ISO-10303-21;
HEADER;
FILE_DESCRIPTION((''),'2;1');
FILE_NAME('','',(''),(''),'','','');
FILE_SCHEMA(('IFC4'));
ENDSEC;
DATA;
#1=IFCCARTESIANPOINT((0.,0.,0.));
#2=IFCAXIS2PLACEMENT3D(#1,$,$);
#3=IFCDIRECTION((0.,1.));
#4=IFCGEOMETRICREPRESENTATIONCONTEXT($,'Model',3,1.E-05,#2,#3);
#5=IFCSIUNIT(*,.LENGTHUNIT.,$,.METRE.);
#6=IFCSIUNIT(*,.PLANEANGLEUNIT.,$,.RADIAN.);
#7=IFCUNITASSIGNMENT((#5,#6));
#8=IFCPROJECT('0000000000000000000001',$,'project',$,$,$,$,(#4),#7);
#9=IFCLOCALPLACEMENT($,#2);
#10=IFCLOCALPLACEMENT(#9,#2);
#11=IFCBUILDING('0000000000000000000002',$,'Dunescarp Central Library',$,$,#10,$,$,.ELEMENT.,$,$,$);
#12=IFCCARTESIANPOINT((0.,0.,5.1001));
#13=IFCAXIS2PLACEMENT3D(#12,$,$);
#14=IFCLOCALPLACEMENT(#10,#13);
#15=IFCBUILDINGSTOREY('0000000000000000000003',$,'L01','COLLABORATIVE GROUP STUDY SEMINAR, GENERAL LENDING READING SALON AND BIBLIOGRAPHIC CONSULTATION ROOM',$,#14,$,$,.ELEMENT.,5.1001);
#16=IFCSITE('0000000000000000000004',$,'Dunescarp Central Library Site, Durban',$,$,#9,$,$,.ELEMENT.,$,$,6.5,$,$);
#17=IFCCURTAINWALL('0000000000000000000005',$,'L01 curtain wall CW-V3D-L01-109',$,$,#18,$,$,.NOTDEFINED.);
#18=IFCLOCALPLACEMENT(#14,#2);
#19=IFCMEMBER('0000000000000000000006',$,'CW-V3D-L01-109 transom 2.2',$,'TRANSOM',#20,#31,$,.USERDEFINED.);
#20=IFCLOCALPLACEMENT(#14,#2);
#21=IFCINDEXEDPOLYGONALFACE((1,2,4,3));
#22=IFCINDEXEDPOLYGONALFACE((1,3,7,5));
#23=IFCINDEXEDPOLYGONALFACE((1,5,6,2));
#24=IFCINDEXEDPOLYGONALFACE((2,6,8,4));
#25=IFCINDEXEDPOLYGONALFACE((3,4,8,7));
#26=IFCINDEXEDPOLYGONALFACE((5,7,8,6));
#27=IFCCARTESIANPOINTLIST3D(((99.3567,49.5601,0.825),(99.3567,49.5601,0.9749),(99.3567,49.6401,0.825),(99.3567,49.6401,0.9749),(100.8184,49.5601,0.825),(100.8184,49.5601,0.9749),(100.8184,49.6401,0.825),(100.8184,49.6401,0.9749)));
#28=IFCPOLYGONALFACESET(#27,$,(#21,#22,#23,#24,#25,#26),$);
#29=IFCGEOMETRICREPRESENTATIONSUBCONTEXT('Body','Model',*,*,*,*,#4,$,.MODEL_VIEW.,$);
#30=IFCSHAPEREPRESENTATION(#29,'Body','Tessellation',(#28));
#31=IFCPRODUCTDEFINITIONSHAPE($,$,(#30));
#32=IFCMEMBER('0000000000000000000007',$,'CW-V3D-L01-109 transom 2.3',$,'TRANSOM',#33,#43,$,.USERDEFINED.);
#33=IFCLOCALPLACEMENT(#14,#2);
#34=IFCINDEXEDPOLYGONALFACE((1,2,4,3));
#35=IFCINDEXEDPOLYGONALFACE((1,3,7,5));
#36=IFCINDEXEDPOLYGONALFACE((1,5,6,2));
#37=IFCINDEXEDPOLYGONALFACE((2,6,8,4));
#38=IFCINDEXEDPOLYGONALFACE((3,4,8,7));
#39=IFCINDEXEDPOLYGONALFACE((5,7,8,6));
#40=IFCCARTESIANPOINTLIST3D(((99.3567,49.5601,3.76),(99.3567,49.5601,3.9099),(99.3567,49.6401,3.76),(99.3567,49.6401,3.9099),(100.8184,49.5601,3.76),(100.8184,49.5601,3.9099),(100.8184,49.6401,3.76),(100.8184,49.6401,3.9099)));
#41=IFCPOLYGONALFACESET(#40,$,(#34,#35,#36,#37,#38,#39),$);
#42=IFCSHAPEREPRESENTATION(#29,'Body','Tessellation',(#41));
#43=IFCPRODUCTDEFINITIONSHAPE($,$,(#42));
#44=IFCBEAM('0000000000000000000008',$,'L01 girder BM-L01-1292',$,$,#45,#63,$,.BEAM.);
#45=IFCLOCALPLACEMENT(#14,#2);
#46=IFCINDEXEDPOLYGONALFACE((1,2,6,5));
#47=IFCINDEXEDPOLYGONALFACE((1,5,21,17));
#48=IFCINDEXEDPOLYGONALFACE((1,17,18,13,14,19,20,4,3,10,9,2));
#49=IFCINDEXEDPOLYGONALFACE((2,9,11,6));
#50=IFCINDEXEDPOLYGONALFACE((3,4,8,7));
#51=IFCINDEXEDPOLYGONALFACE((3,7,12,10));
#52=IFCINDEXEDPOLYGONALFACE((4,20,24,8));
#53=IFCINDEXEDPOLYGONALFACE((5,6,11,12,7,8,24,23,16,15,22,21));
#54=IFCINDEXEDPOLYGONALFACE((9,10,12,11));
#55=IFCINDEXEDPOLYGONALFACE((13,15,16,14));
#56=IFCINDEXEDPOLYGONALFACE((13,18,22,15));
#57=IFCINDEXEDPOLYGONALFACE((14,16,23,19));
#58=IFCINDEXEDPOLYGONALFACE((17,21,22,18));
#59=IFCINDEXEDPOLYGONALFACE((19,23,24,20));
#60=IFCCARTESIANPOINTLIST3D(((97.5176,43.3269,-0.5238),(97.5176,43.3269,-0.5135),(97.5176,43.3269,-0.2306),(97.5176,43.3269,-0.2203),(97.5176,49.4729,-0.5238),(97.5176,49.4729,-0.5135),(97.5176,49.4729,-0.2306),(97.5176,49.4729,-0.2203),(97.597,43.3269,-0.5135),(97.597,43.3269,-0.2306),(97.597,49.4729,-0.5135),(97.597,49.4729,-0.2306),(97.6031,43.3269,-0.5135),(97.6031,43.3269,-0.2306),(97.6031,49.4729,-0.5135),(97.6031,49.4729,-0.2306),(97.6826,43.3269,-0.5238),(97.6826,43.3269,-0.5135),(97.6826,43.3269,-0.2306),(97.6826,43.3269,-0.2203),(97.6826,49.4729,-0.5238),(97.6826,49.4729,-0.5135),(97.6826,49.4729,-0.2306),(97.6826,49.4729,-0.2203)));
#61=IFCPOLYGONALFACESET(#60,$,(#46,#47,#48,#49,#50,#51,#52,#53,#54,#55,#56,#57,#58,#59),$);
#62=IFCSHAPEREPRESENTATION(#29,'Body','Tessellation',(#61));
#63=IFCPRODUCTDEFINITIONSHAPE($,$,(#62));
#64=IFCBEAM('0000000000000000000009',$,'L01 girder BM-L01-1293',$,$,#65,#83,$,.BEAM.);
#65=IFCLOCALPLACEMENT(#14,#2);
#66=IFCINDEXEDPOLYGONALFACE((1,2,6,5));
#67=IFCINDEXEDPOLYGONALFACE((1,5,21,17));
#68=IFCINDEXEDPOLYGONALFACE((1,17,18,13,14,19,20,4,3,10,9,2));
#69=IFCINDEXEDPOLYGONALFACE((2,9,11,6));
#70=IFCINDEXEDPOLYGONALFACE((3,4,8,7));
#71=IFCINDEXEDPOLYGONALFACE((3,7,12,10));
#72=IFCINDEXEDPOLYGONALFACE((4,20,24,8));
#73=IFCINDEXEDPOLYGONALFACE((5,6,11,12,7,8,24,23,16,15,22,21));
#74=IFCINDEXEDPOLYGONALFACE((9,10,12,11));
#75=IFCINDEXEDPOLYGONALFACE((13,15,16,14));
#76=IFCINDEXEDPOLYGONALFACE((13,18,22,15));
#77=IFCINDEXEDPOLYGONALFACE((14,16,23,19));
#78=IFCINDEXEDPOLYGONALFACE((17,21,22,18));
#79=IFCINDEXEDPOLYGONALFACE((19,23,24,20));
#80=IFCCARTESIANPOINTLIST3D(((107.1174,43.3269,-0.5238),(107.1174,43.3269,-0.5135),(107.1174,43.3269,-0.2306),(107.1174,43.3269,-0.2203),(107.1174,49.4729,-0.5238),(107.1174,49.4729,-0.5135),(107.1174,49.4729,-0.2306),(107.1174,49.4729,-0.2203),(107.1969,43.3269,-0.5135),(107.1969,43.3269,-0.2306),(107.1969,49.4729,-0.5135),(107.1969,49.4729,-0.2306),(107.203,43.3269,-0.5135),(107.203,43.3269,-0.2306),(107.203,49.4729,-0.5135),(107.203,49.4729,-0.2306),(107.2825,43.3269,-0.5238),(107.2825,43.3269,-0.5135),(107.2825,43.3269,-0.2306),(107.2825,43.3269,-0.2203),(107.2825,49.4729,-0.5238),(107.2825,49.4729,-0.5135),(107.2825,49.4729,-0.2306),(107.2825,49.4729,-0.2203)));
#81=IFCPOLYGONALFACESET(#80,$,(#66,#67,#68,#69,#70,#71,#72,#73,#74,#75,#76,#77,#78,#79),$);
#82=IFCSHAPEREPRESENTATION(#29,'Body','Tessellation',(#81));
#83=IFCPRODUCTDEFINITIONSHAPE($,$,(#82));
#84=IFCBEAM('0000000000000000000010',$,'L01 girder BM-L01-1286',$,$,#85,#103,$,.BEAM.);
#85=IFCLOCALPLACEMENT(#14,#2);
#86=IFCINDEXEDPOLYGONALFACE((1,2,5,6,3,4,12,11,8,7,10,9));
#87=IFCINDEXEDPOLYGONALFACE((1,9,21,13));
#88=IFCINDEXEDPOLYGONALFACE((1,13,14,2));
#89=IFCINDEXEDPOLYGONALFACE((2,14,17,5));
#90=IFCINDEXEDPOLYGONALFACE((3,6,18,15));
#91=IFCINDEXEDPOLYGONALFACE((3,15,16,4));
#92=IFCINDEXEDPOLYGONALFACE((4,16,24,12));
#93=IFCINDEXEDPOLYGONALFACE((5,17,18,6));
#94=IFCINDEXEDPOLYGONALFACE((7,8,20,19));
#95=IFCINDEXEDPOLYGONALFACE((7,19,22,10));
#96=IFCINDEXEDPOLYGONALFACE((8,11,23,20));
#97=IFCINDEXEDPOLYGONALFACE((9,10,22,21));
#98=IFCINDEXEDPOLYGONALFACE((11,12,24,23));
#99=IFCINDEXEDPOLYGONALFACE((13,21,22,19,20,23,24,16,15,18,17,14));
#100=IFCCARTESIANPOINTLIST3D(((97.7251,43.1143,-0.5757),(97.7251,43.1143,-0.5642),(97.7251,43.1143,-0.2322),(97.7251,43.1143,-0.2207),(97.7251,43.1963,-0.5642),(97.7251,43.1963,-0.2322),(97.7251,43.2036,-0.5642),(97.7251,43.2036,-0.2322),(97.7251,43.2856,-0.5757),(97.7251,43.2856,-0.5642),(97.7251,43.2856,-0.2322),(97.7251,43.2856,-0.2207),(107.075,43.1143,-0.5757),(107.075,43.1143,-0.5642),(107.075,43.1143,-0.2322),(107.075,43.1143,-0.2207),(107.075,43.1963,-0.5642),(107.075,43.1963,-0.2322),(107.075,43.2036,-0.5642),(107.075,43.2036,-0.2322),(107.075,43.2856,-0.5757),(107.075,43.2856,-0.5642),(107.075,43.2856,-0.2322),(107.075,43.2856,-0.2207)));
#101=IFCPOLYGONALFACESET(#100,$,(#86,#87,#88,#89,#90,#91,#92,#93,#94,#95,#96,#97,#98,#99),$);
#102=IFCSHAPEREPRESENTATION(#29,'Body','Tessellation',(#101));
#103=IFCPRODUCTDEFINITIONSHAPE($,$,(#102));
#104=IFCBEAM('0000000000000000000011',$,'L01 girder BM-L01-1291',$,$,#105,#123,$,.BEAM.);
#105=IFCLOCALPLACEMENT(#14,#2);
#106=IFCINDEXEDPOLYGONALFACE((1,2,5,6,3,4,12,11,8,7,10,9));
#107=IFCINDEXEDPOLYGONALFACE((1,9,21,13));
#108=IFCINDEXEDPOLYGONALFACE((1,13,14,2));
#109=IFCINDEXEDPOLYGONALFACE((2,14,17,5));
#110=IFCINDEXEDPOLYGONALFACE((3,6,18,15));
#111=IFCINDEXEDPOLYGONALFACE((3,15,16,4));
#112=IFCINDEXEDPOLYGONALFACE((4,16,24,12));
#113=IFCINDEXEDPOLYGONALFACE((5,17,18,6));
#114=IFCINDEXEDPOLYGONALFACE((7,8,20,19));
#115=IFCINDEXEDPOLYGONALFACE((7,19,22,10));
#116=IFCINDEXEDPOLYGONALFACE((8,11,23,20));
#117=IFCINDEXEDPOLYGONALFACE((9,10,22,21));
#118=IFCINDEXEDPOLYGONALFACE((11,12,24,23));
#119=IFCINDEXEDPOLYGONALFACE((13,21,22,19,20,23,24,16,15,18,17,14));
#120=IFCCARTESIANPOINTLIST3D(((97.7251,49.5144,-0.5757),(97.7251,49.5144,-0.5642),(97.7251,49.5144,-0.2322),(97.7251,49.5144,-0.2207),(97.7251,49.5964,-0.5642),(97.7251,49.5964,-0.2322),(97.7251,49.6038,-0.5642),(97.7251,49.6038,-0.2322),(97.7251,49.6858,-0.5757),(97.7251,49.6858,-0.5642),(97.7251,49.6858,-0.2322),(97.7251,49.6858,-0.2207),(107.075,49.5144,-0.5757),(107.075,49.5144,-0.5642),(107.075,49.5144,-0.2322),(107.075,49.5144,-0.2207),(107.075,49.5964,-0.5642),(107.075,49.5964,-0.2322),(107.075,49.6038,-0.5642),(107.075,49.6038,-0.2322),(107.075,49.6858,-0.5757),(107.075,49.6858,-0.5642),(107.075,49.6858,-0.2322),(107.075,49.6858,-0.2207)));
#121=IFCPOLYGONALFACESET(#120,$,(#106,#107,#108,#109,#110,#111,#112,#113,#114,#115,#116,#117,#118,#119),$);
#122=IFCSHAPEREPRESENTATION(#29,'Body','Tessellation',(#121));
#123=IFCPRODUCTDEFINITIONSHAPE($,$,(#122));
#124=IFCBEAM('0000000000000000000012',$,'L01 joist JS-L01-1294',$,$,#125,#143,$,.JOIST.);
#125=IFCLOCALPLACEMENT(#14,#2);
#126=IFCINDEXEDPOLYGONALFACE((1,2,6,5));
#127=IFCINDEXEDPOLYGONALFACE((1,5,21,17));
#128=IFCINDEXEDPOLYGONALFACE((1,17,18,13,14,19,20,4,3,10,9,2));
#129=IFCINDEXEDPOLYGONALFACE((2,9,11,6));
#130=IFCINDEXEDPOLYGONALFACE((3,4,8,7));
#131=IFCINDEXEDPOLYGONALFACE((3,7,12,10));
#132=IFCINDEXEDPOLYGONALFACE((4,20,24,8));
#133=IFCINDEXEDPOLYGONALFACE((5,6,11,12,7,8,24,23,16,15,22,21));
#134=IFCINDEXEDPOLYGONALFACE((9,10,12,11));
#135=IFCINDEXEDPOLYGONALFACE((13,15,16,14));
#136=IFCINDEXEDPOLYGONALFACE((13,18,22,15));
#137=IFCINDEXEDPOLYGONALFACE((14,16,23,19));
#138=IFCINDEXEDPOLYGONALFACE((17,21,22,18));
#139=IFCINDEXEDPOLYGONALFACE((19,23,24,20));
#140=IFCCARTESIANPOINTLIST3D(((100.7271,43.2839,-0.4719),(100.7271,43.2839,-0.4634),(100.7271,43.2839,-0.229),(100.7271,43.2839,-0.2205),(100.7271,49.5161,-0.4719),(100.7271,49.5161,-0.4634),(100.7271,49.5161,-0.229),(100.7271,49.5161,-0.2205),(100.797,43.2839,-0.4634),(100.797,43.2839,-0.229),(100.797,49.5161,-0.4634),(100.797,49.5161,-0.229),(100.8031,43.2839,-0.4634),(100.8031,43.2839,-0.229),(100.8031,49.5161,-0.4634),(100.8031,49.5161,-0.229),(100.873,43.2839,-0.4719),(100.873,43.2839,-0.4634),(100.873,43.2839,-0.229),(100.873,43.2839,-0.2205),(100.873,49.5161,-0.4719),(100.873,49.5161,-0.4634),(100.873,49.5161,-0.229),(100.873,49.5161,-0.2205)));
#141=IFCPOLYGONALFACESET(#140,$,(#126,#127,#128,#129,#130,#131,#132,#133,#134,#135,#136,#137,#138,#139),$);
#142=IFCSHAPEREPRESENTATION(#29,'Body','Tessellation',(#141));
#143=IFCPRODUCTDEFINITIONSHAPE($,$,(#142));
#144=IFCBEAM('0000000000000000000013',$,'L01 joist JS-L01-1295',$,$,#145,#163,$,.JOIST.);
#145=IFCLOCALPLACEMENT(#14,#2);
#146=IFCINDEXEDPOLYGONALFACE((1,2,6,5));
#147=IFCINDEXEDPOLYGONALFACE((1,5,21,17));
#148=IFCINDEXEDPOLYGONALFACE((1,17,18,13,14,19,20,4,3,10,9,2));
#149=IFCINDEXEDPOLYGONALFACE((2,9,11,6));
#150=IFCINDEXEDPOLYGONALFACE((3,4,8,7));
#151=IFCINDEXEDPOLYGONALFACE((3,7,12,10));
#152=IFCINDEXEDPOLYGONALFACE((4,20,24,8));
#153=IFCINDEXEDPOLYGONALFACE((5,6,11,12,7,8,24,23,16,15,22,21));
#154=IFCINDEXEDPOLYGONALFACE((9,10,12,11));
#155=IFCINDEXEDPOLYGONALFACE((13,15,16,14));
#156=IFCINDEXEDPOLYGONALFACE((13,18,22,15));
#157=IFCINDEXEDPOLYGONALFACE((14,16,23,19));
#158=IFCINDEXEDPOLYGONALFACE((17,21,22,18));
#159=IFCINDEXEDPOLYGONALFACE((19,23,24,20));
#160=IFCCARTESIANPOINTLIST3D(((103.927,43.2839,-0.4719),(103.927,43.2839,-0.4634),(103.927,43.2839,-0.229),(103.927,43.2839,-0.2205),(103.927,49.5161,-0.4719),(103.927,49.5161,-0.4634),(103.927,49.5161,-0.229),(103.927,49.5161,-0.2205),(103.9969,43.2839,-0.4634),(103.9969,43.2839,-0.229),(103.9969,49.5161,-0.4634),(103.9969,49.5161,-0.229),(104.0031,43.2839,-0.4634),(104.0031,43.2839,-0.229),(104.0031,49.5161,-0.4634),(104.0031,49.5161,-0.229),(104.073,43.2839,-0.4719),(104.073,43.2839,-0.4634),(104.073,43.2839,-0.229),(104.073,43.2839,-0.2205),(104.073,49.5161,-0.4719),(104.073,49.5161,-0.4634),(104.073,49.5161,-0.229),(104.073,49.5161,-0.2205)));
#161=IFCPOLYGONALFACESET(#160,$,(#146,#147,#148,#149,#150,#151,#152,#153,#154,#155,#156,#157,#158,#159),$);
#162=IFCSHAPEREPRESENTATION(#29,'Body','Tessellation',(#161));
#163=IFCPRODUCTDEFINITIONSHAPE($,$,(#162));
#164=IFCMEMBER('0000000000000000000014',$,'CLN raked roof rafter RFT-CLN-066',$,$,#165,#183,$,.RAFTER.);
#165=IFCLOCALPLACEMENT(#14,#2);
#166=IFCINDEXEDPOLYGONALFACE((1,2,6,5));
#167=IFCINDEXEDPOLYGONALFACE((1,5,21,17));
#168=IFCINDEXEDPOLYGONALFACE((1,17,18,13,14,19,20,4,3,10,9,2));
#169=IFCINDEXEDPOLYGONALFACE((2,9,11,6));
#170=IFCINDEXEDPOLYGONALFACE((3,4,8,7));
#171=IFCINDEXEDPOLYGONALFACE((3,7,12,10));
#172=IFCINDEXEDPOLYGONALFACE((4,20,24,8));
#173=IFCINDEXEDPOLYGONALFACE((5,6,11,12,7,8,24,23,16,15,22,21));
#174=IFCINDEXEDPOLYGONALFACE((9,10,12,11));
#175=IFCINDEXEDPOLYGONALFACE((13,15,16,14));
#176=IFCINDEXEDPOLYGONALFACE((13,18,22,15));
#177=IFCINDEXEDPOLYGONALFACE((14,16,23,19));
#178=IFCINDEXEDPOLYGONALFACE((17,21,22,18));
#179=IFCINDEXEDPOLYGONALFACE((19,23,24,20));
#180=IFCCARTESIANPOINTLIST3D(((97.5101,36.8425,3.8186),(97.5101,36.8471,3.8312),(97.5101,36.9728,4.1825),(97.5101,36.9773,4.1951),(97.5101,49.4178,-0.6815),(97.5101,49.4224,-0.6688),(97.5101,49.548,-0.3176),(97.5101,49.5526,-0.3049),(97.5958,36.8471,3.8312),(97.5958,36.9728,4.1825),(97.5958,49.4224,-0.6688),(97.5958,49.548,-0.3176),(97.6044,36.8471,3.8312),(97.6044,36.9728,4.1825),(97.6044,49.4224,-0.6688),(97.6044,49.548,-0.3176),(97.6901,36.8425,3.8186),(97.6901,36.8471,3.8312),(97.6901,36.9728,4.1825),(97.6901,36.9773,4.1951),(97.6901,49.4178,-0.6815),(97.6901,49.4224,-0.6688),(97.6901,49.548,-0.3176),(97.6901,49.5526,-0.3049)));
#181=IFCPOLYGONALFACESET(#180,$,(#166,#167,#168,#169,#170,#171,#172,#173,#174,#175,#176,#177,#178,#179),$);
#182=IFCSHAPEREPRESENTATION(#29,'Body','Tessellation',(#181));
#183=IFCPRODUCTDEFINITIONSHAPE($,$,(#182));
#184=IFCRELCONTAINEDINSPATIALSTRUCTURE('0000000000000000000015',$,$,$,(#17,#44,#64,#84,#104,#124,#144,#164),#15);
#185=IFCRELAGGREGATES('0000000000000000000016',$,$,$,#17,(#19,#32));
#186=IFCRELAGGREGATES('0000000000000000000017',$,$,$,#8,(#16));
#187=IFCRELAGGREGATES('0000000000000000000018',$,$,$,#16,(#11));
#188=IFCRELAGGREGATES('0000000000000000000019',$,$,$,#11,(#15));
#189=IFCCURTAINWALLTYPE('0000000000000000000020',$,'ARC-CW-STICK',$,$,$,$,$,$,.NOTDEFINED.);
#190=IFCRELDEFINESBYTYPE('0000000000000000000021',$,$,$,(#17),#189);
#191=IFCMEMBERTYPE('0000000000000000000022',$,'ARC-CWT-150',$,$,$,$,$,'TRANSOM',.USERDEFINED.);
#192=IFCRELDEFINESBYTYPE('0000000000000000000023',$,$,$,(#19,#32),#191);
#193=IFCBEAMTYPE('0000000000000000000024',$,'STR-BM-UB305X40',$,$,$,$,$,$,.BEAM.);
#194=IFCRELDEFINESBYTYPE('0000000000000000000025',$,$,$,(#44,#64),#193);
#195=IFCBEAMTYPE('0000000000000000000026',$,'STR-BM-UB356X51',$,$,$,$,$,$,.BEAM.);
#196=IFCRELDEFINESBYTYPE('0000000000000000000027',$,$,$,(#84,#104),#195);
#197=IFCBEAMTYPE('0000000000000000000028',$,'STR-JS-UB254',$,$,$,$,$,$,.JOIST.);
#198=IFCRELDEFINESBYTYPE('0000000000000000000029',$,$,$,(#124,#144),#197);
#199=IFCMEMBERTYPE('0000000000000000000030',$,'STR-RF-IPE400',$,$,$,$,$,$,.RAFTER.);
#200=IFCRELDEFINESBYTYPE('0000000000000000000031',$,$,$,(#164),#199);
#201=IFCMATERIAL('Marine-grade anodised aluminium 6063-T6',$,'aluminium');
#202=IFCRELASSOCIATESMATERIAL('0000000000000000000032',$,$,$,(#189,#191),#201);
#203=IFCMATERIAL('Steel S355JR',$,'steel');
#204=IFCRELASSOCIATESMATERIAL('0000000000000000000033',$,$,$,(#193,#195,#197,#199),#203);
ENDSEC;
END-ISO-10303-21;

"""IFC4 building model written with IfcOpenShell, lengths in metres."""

from ifc_helpers import new_model, si_unit, direction, frame, origin, origin_2d, place, context, subcontext, project, spatial, rectangle, i_section, extrude, material, material_profile, profile_set, type_object, element, aggregate, save


model = new_model("IFC4")

# Units and contexts
model_context = context("Model", 3, precision=1e-05, world=origin(), true_north=direction((0.0, 1.0)))
body_context = subcontext(model_context, "Body", "Model", "MODEL_VIEW")
ifc_project = project(units=[si_unit("LENGTHUNIT", "METRE"), si_unit("PLANEANGLEUNIT", "RADIAN")], contexts=[model_context])

# Site, building, storey
site_placement = place(None, origin())
site = spatial("IfcSite", under=ifc_project, at=site_placement, Name="Dunescarp Central Library Site, Durban", CompositionType="ELEMENT", RefElevation=6.5)
building_placement = place(site_placement, origin())
building = spatial("IfcBuilding", under=site, at=building_placement, Name="Dunescarp Central Library", CompositionType="ELEMENT")
storey_placement = place(building_placement, frame((0.0, 0.0, 5.1001)))
storey = spatial("IfcBuildingStorey", under=building, at=storey_placement, Name="L01", Description="COLLABORATIVE GROUP STUDY SEMINAR, GENERAL LENDING READING SALON AND BIBLIOGRAPHIC CONSULTATION ROOM", CompositionType="ELEMENT", Elevation=5.1001)

# Shared definitions
ifc_material_1 = material(Name="Steel S355JR", Category="steel")

# Curtain wall, members
ifc_material_2 = material(Name="Marine-grade anodised aluminium 6063-T6", Category="aluminium")
curtain_wall_type = type_object("IfcCurtainWallType", Name="ARC-CW-STICK", PredefinedType="NOTDEFINED", material=ifc_material_2)
curtain_wall_placement = place(storey_placement, origin())
curtain_wall = element("IfcCurtainWall", 1, at=curtain_wall_placement, inside=storey, type_object=curtain_wall_type, Name="L01 curtain wall CW-V3D-L01-109", PredefinedType="NOTDEFINED")
ifc_material_profile_1 = material_profile(ifc_material_2, rectangle(XDim=0.0801, YDim=0.1499, at=origin_2d()), Name="AL 80x150")
ifc_profile_set_1 = profile_set([ifc_material_profile_1], Name="Marine-grade anodised aluminium 6063-T6")
member_type_1 = type_object("IfcMemberType", Name="ARC-CWT-150", ElementType="TRANSOM", PredefinedType="USERDEFINED", material=ifc_profile_set_1)
member_1_placement = place(storey_placement, frame((99.3567, 49.6001, 0.8999), z_axis=(1.0, 0.0, 0.0), x_axis=(0.0, 1.0, 0.0)))
member_1 = element("IfcMember", 2, at=member_1_placement, type_object=member_type_1, Name="CW-V3D-L01-109 transom 2.2", ObjectType="TRANSOM", PredefinedType="USERDEFINED", context=body_context, shape_type="SweptSolid", body=[
    extrude(rectangle(XDim=0.0801, YDim=0.1499, at=origin_2d()), origin(), (0.0, 0.0, 1.0), 1.4617),
])
member_2_placement = place(storey_placement, frame((99.3567, 49.6001, 3.835), z_axis=(1.0, 0.0, 0.0), x_axis=(0.0, 1.0, 0.0)))
member_2 = element("IfcMember", 3, at=member_2_placement, type_object=member_type_1, Name="CW-V3D-L01-109 transom 2.3", ObjectType="TRANSOM", PredefinedType="USERDEFINED", context=body_context, shape_type="SweptSolid", body=[
    extrude(rectangle(XDim=0.0801, YDim=0.1499, at=origin_2d()), origin(), (0.0, 0.0, 1.0), 1.4617),
])

# Beams
ifc_material_profile_2 = material_profile(ifc_material_1, i_section(OverallWidth=0.165, OverallDepth=0.3035, WebThickness=0.0061, FlangeThickness=0.0103, at=origin_2d()), Name="UB 305x165x40")
ifc_profile_set_2 = profile_set([ifc_material_profile_2], Name="Steel S355JR")
beam_type_1 = type_object("IfcBeamType", Name="STR-BM-UB305X40", PredefinedType="BEAM", material=ifc_profile_set_2)
for number, where, z_axis, x_axis, name in (
    (4, (97.6001, 43.3269, -0.3721), (0.0, 1.0, 0.0), (-1.0, 0.0, 0.0), "L01 girder BM-L01-1292"),
    (5, (107.2, 43.3269, -0.3721), (0.0, 1.0, 0.0), (-1.0, 0.0, 0.0), "L01 girder BM-L01-1293"),
):
    element("IfcBeam", number, at=place(storey_placement, frame(where, z_axis=z_axis, x_axis=x_axis)), inside=storey, type_object=beam_type_1, Name=name, PredefinedType="BEAM", context=body_context, shape_type="SweptSolid", body=[
        extrude(i_section(OverallWidth=0.165, OverallDepth=0.3035, WebThickness=0.0061, FlangeThickness=0.0103, at=origin_2d()), origin(), (0.0, 0.0, 1.0), 6.146),
    ])
ifc_material_profile_3 = material_profile(ifc_material_1, i_section(OverallWidth=0.1714, OverallDepth=0.355, WebThickness=0.0073, FlangeThickness=0.0115, at=origin_2d()), Name="UB 356x171x51")
ifc_profile_set_3 = profile_set([ifc_material_profile_3], Name="Steel S355JR")
beam_type_2 = type_object("IfcBeamType", Name="STR-BM-UB356X51", PredefinedType="BEAM", material=ifc_profile_set_3)
for number, where, z_axis, x_axis, name in (
    (6, (97.7251, 43.2, -0.3982), (1.0, 0.0, 0.0), (0.0, 1.0, 0.0), "L01 girder BM-L01-1286"),
    (7, (97.7251, 49.6001, -0.3982), (1.0, 0.0, 0.0), (0.0, 1.0, 0.0), "L01 girder BM-L01-1291"),
):
    element("IfcBeam", number, at=place(storey_placement, frame(where, z_axis=z_axis, x_axis=x_axis)), inside=storey, type_object=beam_type_2, Name=name, PredefinedType="BEAM", context=body_context, shape_type="SweptSolid", body=[
        extrude(i_section(OverallWidth=0.1714, OverallDepth=0.355, WebThickness=0.0073, FlangeThickness=0.0115, at=origin_2d()), origin(), (0.0, 0.0, 1.0), 9.3499),
    ])
ifc_material_profile_4 = material_profile(ifc_material_1, i_section(OverallWidth=0.146, OverallDepth=0.2515, WebThickness=0.0061, FlangeThickness=0.0085, at=origin_2d()), Name="UB 254x146x31")
ifc_profile_set_4 = profile_set([ifc_material_profile_4], Name="Steel S355JR")
beam_type_3 = type_object("IfcBeamType", Name="STR-JS-UB254", PredefinedType="JOIST", material=ifc_profile_set_4)
for number, where, z_axis, x_axis, name in (
    (8, (100.8, 43.2839, -0.3462), (0.0, 1.0, 0.0), (-1.0, 0.0, 0.0), "L01 joist JS-L01-1294"),
    (9, (104.0, 43.2839, -0.3462), (0.0, 1.0, 0.0), (-1.0, 0.0, 0.0), "L01 joist JS-L01-1295"),
):
    element("IfcBeam", number, at=place(storey_placement, frame(where, z_axis=z_axis, x_axis=x_axis)), inside=storey, type_object=beam_type_3, Name=name, PredefinedType="JOIST", context=body_context, shape_type="SweptSolid", body=[
        extrude(i_section(OverallWidth=0.146, OverallDepth=0.2515, WebThickness=0.0061, FlangeThickness=0.0085, at=origin_2d()), origin(), (0.0, 0.0, 1.0), 6.2322),
    ])

# Member
ifc_material_profile_5 = material_profile(ifc_material_1, i_section(OverallWidth=0.1799, OverallDepth=0.3999, WebThickness=0.0085, FlangeThickness=0.0134, at=origin_2d()), Name="IPE 400")
ifc_profile_set_5 = profile_set([ifc_material_profile_5], Name="Steel S355JR")
member_type_2 = type_object("IfcMemberType", Name="STR-RF-IPE400", PredefinedType="RAFTER", material=ifc_profile_set_5)
member_3_placement = place(storey_placement, frame((97.6001, 36.9099, 4.0068), z_axis=(0.0, 0.941532, -0.336925), x_axis=(-1.0, 0.0, 0.0)))
element("IfcMember", 10, at=member_3_placement, inside=storey, type_object=member_type_2, Name="CLN raked roof rafter RFT-CLN-066", PredefinedType="RAFTER", context=body_context, shape_type="SweptSolid", body=[
    extrude(i_section(OverallWidth=0.1799, OverallDepth=0.3999, WebThickness=0.0085, FlangeThickness=0.0134, at=origin_2d()), origin(), (0.0, 0.0, 1.0), 13.3562),
])

aggregate(curtain_wall, [member_1, member_2])

save(model, "model.ifc")
